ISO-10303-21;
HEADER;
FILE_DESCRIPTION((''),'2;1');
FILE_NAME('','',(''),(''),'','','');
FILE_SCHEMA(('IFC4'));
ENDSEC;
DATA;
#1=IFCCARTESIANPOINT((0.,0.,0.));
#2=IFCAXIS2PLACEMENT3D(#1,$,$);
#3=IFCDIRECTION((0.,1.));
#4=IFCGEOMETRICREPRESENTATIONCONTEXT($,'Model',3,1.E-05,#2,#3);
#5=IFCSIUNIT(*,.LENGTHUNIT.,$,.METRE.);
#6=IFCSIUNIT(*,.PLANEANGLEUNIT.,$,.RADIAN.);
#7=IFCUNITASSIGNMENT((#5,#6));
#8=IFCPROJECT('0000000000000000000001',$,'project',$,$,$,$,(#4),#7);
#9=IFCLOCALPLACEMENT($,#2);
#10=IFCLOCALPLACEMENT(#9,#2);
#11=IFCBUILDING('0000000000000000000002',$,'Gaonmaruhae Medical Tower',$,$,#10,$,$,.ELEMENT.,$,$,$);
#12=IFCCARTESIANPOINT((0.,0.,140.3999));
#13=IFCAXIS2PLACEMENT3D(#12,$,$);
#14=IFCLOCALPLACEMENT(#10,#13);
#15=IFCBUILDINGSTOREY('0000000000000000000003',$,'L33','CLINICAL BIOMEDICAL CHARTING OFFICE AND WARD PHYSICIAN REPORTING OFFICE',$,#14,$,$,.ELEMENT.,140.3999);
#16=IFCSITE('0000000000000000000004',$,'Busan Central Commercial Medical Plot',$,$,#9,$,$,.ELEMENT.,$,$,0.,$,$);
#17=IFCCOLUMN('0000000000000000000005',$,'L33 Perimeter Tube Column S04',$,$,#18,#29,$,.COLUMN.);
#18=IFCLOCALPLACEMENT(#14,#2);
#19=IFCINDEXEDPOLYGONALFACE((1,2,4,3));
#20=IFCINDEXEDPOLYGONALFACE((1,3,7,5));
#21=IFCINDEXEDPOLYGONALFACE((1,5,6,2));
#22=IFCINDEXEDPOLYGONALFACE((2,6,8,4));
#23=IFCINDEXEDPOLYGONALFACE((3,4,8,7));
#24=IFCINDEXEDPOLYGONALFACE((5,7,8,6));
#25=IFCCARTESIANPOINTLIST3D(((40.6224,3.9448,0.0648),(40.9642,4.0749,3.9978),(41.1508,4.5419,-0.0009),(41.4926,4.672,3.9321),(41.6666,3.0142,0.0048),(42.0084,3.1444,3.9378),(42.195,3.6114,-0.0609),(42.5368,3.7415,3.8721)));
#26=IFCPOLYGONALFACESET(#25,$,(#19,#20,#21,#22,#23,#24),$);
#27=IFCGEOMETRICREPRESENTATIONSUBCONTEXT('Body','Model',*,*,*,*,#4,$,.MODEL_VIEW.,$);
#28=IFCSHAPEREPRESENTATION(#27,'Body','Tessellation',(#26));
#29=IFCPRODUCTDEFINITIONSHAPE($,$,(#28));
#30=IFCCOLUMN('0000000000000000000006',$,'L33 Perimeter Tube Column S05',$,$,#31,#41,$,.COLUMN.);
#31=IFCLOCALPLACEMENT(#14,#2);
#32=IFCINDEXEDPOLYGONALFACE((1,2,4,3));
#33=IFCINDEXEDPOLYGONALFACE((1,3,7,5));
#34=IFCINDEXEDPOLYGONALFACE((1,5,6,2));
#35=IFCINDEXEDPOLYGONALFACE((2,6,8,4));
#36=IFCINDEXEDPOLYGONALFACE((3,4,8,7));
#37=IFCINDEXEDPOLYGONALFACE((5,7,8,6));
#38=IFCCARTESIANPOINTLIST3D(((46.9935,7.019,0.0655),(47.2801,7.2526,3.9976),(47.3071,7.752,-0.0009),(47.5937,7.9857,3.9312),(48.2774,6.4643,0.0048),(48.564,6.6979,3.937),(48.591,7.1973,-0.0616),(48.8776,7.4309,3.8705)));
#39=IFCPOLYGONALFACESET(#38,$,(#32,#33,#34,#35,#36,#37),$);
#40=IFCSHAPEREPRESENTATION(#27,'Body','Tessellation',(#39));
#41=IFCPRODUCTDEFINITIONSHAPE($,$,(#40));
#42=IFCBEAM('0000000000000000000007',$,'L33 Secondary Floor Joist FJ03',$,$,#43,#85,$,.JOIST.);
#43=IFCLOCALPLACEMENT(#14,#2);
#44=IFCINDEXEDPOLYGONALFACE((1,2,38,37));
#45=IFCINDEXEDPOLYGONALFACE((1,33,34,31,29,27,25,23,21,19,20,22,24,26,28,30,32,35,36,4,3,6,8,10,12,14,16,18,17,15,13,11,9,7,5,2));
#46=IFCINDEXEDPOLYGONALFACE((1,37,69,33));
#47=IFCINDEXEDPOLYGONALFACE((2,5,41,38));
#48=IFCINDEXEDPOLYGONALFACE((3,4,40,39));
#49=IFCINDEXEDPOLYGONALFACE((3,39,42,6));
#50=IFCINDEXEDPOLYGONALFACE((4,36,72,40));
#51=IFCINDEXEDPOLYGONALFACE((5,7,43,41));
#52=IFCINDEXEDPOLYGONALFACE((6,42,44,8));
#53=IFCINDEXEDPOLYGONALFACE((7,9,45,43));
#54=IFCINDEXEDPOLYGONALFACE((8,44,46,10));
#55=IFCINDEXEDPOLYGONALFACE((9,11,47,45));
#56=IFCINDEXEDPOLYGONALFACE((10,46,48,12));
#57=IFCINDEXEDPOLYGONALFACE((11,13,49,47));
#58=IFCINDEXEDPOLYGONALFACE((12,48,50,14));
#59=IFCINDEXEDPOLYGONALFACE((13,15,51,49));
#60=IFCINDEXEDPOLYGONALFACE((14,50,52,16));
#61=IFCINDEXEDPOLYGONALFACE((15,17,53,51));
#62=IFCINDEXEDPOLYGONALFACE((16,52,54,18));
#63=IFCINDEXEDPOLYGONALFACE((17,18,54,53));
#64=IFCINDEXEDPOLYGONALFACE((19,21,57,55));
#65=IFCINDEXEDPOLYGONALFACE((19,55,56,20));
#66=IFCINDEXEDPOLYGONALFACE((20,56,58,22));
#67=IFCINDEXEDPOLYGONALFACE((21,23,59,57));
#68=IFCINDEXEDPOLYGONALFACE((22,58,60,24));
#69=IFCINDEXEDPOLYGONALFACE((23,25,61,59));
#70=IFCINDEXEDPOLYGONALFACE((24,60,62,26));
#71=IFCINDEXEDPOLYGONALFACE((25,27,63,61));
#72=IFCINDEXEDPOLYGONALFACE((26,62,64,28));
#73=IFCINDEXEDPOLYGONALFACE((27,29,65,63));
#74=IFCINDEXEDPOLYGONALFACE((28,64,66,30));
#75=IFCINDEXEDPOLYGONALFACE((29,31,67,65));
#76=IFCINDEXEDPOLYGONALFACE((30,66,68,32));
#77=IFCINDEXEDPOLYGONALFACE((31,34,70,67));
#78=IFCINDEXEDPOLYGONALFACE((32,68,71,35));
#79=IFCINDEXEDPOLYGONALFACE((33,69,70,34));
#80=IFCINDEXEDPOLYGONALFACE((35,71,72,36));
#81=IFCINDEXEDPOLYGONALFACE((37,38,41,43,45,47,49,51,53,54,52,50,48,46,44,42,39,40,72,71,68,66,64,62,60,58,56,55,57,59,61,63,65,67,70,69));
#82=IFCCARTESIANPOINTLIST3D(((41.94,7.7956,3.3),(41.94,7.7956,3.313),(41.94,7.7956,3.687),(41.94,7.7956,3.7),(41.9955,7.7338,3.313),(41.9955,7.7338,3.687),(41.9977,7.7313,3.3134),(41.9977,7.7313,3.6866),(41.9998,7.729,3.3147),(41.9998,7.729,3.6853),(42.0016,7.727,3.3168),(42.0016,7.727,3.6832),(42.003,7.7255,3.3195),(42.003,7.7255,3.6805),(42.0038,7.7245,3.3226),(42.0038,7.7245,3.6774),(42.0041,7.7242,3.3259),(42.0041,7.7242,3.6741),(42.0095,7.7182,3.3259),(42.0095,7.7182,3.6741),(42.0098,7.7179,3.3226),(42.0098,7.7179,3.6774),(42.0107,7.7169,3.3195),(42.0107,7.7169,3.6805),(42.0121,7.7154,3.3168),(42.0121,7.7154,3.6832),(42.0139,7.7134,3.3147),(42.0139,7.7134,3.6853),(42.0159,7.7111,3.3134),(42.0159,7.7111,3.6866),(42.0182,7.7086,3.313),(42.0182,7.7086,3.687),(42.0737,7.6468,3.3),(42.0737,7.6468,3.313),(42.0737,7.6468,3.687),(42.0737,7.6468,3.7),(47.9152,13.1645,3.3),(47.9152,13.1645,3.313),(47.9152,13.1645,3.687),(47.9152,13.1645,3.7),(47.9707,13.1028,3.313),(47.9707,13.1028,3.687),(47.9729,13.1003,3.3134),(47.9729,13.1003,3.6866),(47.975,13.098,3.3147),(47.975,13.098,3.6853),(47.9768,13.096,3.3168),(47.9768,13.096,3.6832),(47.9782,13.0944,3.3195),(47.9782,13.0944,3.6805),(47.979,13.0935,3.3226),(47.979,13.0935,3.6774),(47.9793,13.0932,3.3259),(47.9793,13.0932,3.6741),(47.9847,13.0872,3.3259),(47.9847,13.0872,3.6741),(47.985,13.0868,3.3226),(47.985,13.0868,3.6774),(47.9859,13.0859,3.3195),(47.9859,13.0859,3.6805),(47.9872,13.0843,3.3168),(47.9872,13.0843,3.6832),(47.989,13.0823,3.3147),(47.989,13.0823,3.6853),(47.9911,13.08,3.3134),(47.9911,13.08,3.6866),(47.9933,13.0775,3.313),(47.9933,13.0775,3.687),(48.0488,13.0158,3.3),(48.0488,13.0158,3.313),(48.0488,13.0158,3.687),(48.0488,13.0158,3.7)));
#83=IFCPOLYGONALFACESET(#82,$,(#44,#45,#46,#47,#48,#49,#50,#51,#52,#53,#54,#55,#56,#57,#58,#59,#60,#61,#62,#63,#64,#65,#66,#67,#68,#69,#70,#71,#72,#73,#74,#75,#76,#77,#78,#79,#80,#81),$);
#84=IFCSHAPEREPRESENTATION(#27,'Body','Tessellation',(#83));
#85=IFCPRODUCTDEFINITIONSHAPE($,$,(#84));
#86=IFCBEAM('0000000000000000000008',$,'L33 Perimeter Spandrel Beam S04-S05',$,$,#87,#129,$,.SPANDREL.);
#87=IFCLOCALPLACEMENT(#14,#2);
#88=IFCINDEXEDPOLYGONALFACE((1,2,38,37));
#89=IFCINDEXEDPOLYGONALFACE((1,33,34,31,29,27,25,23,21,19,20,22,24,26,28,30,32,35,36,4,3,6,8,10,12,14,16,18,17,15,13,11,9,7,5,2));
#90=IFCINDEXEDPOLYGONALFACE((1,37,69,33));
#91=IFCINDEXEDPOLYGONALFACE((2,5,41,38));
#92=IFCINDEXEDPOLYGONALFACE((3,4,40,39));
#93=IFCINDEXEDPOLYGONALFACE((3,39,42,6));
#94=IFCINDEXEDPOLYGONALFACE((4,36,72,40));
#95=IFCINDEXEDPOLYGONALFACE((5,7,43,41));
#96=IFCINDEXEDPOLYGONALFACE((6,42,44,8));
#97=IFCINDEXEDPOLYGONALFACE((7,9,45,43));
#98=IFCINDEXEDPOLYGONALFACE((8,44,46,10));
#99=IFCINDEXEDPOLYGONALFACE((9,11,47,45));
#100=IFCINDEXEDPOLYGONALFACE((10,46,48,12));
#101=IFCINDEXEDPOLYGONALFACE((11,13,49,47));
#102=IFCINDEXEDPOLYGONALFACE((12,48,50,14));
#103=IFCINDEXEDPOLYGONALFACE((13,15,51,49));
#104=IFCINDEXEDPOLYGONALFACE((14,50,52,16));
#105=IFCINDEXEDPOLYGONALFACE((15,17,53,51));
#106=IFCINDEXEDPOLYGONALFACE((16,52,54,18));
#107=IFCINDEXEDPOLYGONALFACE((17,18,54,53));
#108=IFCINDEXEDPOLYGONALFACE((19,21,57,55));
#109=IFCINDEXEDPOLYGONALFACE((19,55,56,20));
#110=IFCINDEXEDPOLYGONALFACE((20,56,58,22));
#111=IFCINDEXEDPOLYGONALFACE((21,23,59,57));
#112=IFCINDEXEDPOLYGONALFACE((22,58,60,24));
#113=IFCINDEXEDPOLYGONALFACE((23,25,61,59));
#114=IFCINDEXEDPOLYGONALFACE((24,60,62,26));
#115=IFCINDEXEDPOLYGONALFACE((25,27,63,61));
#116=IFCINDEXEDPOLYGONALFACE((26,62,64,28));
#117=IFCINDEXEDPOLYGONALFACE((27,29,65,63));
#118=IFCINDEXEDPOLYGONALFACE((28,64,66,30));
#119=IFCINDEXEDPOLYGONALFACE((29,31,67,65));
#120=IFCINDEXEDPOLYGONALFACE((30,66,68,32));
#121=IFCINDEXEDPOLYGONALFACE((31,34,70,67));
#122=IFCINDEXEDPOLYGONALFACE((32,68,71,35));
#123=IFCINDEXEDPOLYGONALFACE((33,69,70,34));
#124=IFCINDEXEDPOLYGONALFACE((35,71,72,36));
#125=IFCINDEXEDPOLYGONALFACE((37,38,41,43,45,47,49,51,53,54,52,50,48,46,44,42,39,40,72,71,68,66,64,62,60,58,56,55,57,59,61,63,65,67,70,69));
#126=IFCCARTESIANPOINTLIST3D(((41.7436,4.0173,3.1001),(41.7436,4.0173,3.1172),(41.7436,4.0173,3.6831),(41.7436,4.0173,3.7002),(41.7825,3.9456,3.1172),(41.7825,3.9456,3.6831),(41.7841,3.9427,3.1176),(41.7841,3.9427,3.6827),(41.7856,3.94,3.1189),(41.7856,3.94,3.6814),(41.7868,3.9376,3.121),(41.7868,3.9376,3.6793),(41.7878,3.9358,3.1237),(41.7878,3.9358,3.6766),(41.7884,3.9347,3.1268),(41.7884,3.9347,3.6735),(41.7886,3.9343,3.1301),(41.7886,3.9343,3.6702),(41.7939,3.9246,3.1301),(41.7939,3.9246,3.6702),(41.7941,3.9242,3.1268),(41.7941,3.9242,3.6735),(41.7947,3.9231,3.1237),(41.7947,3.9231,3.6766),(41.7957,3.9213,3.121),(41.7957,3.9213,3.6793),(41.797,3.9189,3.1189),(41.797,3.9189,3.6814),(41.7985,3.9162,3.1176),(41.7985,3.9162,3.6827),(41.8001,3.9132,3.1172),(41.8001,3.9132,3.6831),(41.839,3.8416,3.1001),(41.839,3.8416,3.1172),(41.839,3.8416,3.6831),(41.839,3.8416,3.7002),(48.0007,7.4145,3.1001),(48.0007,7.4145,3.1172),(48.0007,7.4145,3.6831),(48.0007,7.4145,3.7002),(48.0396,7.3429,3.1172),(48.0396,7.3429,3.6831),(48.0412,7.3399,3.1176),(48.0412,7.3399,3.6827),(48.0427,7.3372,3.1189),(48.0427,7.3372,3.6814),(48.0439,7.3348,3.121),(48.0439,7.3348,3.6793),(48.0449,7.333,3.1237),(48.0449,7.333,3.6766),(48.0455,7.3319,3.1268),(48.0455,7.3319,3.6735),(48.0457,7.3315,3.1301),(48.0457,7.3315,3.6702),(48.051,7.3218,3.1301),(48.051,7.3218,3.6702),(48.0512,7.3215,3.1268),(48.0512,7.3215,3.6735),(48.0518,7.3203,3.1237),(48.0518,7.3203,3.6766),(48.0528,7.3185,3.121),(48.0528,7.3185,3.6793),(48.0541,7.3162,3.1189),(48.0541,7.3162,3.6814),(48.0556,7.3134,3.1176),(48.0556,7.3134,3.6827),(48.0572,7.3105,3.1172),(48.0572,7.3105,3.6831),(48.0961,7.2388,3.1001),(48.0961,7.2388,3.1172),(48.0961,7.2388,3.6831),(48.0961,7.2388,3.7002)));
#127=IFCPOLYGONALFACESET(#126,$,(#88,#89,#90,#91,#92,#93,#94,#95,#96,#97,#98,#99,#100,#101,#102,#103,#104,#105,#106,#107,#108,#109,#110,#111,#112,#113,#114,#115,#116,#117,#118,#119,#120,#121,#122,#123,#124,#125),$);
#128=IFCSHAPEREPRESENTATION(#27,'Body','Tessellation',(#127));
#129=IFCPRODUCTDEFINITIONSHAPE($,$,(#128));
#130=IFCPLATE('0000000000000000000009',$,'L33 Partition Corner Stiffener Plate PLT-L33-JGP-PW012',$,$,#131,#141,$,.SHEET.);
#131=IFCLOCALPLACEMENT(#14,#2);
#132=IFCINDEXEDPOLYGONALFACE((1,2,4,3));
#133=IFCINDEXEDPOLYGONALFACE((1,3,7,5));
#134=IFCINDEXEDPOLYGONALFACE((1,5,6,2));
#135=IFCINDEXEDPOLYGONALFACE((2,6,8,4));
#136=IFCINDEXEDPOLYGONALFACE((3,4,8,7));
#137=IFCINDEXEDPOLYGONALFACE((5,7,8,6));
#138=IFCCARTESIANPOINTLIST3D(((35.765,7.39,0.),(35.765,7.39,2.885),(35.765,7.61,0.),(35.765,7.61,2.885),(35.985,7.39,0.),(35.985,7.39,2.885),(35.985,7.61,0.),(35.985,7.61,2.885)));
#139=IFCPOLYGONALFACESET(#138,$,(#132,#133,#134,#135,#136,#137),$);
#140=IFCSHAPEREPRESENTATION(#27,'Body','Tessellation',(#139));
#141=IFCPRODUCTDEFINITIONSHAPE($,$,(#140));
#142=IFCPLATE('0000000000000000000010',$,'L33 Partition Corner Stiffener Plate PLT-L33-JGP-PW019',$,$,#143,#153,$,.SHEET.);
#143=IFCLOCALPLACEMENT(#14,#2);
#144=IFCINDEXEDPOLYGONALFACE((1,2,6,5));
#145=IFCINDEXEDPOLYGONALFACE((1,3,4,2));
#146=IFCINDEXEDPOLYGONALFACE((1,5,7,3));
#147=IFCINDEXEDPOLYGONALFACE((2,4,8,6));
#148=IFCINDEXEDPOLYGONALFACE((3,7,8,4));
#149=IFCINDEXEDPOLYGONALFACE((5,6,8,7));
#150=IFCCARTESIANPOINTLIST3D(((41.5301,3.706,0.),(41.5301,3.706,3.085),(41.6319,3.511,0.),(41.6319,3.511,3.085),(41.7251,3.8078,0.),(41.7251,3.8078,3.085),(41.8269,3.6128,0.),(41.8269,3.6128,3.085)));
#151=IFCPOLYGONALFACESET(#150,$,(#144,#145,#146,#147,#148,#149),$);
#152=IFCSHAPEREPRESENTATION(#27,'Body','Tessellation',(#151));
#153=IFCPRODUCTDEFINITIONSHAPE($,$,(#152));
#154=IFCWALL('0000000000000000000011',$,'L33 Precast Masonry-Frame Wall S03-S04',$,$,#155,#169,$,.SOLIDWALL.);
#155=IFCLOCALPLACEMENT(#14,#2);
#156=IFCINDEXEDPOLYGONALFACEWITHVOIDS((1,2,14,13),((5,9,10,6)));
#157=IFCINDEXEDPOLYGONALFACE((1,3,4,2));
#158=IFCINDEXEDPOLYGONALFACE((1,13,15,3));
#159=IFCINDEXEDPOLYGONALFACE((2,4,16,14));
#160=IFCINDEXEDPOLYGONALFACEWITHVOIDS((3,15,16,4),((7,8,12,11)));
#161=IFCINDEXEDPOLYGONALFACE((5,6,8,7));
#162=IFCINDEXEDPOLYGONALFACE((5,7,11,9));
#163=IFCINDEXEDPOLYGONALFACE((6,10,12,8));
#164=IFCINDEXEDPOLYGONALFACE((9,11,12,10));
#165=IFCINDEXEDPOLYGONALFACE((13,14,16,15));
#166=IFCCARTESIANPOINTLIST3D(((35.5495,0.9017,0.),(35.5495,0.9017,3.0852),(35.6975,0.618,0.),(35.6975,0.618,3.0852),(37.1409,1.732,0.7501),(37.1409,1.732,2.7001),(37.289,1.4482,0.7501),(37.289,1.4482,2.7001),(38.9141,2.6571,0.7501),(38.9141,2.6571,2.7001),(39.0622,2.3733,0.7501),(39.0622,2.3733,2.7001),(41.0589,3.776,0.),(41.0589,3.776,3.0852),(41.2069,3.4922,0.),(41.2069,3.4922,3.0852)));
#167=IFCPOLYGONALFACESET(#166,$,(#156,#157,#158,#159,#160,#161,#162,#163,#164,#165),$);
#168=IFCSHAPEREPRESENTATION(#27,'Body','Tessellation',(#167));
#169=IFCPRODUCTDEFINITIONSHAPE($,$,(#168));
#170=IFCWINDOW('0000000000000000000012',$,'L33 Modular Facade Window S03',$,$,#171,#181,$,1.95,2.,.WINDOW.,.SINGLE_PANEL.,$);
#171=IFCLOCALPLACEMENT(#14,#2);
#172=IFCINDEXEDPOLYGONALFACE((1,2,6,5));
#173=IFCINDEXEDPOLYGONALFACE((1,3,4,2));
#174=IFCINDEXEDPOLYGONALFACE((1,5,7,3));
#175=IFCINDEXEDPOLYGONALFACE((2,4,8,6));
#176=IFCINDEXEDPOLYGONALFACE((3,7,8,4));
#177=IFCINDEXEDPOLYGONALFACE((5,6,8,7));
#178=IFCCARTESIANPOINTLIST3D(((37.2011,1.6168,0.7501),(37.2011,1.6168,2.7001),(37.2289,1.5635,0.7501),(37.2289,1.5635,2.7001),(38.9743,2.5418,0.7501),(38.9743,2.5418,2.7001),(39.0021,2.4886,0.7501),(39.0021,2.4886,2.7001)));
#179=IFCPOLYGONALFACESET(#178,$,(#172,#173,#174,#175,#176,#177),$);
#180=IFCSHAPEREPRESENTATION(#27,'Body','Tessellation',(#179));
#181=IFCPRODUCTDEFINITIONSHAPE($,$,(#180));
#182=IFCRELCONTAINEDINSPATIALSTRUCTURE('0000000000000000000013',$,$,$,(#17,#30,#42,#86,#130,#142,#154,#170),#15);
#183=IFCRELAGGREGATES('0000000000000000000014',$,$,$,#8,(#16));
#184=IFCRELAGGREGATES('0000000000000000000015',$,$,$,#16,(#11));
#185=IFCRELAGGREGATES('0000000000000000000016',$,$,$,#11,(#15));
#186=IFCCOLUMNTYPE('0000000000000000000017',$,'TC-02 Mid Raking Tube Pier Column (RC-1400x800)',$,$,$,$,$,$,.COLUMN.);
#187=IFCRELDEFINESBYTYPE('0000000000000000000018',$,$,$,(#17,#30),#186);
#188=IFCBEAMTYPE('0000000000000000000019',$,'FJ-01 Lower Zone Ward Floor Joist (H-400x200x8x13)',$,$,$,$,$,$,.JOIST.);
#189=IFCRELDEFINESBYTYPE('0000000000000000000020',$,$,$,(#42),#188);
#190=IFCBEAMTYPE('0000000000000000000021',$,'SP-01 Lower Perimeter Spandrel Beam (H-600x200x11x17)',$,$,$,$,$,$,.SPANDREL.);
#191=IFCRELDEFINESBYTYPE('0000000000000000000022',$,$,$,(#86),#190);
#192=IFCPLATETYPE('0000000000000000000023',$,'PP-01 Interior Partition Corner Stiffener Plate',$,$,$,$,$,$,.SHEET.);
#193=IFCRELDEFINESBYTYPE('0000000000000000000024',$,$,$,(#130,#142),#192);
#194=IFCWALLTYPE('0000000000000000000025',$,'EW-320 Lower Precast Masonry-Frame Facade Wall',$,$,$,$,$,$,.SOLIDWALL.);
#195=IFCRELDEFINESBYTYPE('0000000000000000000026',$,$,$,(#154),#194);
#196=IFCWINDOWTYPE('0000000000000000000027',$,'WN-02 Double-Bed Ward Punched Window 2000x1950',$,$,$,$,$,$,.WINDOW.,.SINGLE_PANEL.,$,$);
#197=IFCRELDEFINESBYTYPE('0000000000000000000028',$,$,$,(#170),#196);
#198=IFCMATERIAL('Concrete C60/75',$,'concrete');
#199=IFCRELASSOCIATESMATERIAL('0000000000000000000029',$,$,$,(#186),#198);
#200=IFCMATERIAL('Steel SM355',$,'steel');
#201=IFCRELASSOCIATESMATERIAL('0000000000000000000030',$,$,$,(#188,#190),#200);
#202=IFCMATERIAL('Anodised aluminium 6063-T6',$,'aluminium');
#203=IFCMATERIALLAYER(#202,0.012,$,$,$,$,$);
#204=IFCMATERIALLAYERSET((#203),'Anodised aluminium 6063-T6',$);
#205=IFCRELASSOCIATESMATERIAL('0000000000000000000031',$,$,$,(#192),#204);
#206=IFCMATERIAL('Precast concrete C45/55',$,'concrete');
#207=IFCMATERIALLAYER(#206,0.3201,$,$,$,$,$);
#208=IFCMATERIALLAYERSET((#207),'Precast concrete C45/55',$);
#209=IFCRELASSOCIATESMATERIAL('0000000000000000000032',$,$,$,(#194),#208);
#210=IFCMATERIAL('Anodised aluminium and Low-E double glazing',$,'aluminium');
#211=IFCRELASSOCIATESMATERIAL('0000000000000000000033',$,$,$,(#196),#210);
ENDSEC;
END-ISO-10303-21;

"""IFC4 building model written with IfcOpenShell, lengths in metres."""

from ifc_helpers import new_model, si_unit, direction, frame, frame_2d, origin, origin_2d, place, context, subcontext, project, spatial, rectangle, i_section, extrude, material, layer, layer_set, material_profile, profile_set, type_object, element, fill, save


model = new_model("IFC4")

# Units and contexts
model_context = context("Model", 3, precision=1e-05, world=origin(), true_north=direction((0.0, 1.0)))
body_context = subcontext(model_context, "Body", "Model", "MODEL_VIEW")
ifc_project = project(units=[si_unit("LENGTHUNIT", "METRE"), si_unit("PLANEANGLEUNIT", "RADIAN")], contexts=[model_context])

# Site, building, storey
site_placement = place(None, origin())
site = spatial("IfcSite", under=ifc_project, at=site_placement, Name="Busan Central Commercial Medical Plot", CompositionType="ELEMENT", RefElevation=0.0)
building_placement = place(site_placement, origin())
building = spatial("IfcBuilding", under=site, at=building_placement, Name="Gaonmaruhae Medical Tower", CompositionType="ELEMENT")
storey_placement = place(building_placement, frame((0.0, 0.0, 140.3999)))
storey = spatial("IfcBuildingStorey", under=building, at=storey_placement, Name="L33", Description="CLINICAL BIOMEDICAL CHARTING OFFICE AND WARD PHYSICIAN REPORTING OFFICE", CompositionType="ELEMENT", Elevation=140.3999)

# Columns
ifc_material_1 = material(Name="Concrete C60/75", Category="concrete")
ifc_material_profile_1 = material_profile(ifc_material_1, rectangle(XDim=1.3999, YDim=0.8, at=origin_2d()), Name="RC-1400x800")
ifc_profile_set_1 = profile_set([ifc_material_profile_1], Name="Concrete C60/75")
column_type = type_object("IfcColumnType", Name="TC-02 Mid Raking Tube Pier Column (RC-1400x800)", PredefinedType="COLUMN", material=ifc_profile_set_1)
column_1_placement = place(storey_placement, frame((41.4087, 3.7781, 0.002), z_axis=(0.086535, 0.032945, 0.995704), x_axis=(-0.745855, 0.66473, 0.042827)))
element("IfcColumn", 1, at=column_1_placement, inside=storey, type_object=column_type, Name="L33 Perimeter Tube Column S04", PredefinedType="COLUMN", context=body_context, shape_type="SweptSolid", body=[
    extrude(rectangle(XDim=1.3999, YDim=0.8, at=origin_2d()), origin(), (0.0, 0.0, 1.0), 3.95),
])
column_2_placement = place(storey_placement, frame((47.7922, 7.1082, 0.002), z_axis=(0.072572, 0.059158, 0.995607), x_axis=(-0.917117, 0.396258, 0.043305)))
element("IfcColumn", 2, at=column_2_placement, inside=storey, type_object=column_type, Name="L33 Perimeter Tube Column S05", PredefinedType="COLUMN", context=body_context, shape_type="SweptSolid", body=[
    extrude(rectangle(XDim=1.3999, YDim=0.8, at=origin_2d()), origin(), (0.0, 0.0, 1.0), 3.9495),
])

# Beams
ifc_material_2 = material(Name="Steel SM355", Category="steel")
ifc_material_profile_2 = material_profile(ifc_material_2, i_section(OverallWidth=0.2, OverallDepth=0.3999, WebThickness=0.0081, FlangeThickness=0.0129, FilletRadius=0.0129, at=origin_2d()), Name="H-400x200x8x13")
ifc_profile_set_2 = profile_set([ifc_material_profile_2], Name="Steel SM355")
beam_type_1 = type_object("IfcBeamType", Name="FJ-01 Lower Zone Ward Floor Joist (H-400x200x8x13)", PredefinedType="JOIST", material=ifc_profile_set_2)
beam_1_placement = place(storey_placement, frame((42.0068, 7.7212, 3.5), z_axis=(0.743832, 0.668367, 0.0), x_axis=(-0.668367, 0.743832, 0.0)))
element("IfcBeam", 3, at=beam_1_placement, inside=storey, type_object=beam_type_1, Name="L33 Secondary Floor Joist FJ03", PredefinedType="JOIST", context=body_context, shape_type="SweptSolid", body=[
    extrude(i_section(OverallWidth=0.2, OverallDepth=0.3999, WebThickness=0.0081, FlangeThickness=0.0129, FilletRadius=0.0129, at=origin_2d()), origin(), (0.0, 0.0, 1.0), 8.033),
])
ifc_material_profile_3 = material_profile(ifc_material_2, i_section(OverallWidth=0.2, OverallDepth=0.6001, WebThickness=0.011, FlangeThickness=0.0171, FilletRadius=0.0129, at=origin_2d()), Name="H-600x200x11x17")
ifc_profile_set_3 = profile_set([ifc_material_profile_3], Name="Steel SM355")
beam_type_2 = type_object("IfcBeamType", Name="SP-01 Lower Perimeter Spandrel Beam (H-600x200x11x17)", PredefinedType="SPANDREL", material=ifc_profile_set_3)
beam_2_placement = place(storey_placement, frame((41.7913, 3.9294, 3.4001), z_axis=(0.878823, 0.477148, 0.0), x_axis=(-0.477148, 0.878823, 0.0)))
element("IfcBeam", 4, at=beam_2_placement, inside=storey, type_object=beam_type_2, Name="L33 Perimeter Spandrel Beam S04-S05", PredefinedType="SPANDREL", context=body_context, shape_type="SweptSolid", body=[
    extrude(i_section(OverallWidth=0.2, OverallDepth=0.6001, WebThickness=0.011, FlangeThickness=0.0171, FilletRadius=0.0129, at=origin_2d()), origin(), (0.0, 0.0, 1.0), 7.1199),
])

# Plates
ifc_material_3 = material(Name="Anodised aluminium 6063-T6", Category="aluminium")
ifc_layer_1 = layer(ifc_material_3, 0.012)
ifc_layer_set_1 = layer_set([ifc_layer_1], Name="Anodised aluminium 6063-T6")
plate_type = type_object("IfcPlateType", Name="PP-01 Interior Partition Corner Stiffener Plate", PredefinedType="SHEET", material=ifc_layer_set_1)
plate_1_placement = place(storey_placement, frame((35.875, 7.5, 0.0), z_axis=(0.0, 0.0, 1.0), x_axis=(1.0, 0.0, 0.0)))
element("IfcPlate", 5, at=plate_1_placement, inside=storey, type_object=plate_type, Name="L33 Partition Corner Stiffener Plate PLT-L33-JGP-PW012", PredefinedType="SHEET", context=body_context, shape_type="SweptSolid", body=[
    extrude(rectangle(XDim=0.22, YDim=0.22, at=origin_2d()), origin(), (0.0, 0.0, 1.0), 2.885),
])
plate_2_placement = place(storey_placement, frame((41.6785, 3.6594, 0.0), z_axis=(0.0, 0.0, 1.0), x_axis=(-0.886422, -0.462878, 0.0)))
element("IfcPlate", 6, at=plate_2_placement, inside=storey, type_object=plate_type, Name="L33 Partition Corner Stiffener Plate PLT-L33-JGP-PW019", PredefinedType="SHEET", context=body_context, shape_type="SweptSolid", body=[
    extrude(rectangle(XDim=0.22, YDim=0.22, at=origin_2d()), origin(), (0.0, 0.0, 1.0), 3.085),
])

# Wall, opening, window
ifc_material_4 = material(Name="Precast concrete C45/55", Category="concrete")
ifc_layer_2 = layer(ifc_material_4, 0.3201)
ifc_layer_set_2 = layer_set([ifc_layer_2], Name="Precast concrete C45/55")
wall_type_1 = type_object("IfcWallType", Name="EW-320 Lower Precast Masonry-Frame Facade Wall", PredefinedType="SOLIDWALL", material=ifc_layer_set_2)
wall_1_placement = place(storey_placement, frame((41.1328, 3.634, 0.0), z_axis=(0.0, 0.0, 1.0), x_axis=(-0.886602, -0.462532, 0.0)))
wall_1 = element("IfcWall", 7, at=wall_1_placement, inside=storey, type_object=wall_type_1, Name="L33 Precast Masonry-Frame Wall S03-S04", PredefinedType="SOLIDWALL", context=body_context, shape_type="SweptSolid", body=[
    extrude(rectangle(XDim=6.2141, YDim=0.3201, at=frame_2d((3.1069, 0.0))), origin(), (0.0, 0.0, 1.0), 3.0852),
])
opening_1_placement = place(wall_1_placement, frame((2.4189, 0.0, 0.75)))
opening_1 = element("IfcOpeningElement", 8, at=opening_1_placement, cuts=wall_1, PredefinedType="OPENING", context=body_context, shape_type="SweptSolid", body=[
    extrude(rectangle(XDim=2.0, YDim=1.95, at=frame_2d((1.0, 0.9751))), frame((0.0, 0.1699, 0.0), z_axis=(0.0, -1.0, 0.0), x_axis=(1.0, 0.0, 0.0)), (0.0, 0.0, 1.0), 0.3401),
])
ifc_material_5 = material(Name="Anodised aluminium and Low-E double glazing", Category="aluminium")
window_type_1 = type_object("IfcWindowType", Name="WN-02 Double-Bed Ward Punched Window 2000x1950", PartitioningType="SINGLE_PANEL", PredefinedType="WINDOW", material=ifc_material_5)
window_1_placement = place(opening_1_placement, origin())
window_1 = element("IfcWindow", 9, at=window_1_placement, inside=storey, type_object=window_type_1, Name="L33 Modular Facade Window S03", OverallHeight=1.95, OverallWidth=2.0, PartitioningType="SINGLE_PANEL", PredefinedType="WINDOW", context=body_context, shape_type="SweptSolid", body=[
    extrude(rectangle(XDim=2.0, YDim=1.95, at=frame_2d((1.0, 0.9751))), frame((0.0, 0.03, 0.0), z_axis=(0.0, -1.0, 0.0), x_axis=(1.0, 0.0, 0.0)), (0.0, 0.0, 1.0), 0.0601),
])
fill(opening_1, window_1)

save(model, "model.ifc")
